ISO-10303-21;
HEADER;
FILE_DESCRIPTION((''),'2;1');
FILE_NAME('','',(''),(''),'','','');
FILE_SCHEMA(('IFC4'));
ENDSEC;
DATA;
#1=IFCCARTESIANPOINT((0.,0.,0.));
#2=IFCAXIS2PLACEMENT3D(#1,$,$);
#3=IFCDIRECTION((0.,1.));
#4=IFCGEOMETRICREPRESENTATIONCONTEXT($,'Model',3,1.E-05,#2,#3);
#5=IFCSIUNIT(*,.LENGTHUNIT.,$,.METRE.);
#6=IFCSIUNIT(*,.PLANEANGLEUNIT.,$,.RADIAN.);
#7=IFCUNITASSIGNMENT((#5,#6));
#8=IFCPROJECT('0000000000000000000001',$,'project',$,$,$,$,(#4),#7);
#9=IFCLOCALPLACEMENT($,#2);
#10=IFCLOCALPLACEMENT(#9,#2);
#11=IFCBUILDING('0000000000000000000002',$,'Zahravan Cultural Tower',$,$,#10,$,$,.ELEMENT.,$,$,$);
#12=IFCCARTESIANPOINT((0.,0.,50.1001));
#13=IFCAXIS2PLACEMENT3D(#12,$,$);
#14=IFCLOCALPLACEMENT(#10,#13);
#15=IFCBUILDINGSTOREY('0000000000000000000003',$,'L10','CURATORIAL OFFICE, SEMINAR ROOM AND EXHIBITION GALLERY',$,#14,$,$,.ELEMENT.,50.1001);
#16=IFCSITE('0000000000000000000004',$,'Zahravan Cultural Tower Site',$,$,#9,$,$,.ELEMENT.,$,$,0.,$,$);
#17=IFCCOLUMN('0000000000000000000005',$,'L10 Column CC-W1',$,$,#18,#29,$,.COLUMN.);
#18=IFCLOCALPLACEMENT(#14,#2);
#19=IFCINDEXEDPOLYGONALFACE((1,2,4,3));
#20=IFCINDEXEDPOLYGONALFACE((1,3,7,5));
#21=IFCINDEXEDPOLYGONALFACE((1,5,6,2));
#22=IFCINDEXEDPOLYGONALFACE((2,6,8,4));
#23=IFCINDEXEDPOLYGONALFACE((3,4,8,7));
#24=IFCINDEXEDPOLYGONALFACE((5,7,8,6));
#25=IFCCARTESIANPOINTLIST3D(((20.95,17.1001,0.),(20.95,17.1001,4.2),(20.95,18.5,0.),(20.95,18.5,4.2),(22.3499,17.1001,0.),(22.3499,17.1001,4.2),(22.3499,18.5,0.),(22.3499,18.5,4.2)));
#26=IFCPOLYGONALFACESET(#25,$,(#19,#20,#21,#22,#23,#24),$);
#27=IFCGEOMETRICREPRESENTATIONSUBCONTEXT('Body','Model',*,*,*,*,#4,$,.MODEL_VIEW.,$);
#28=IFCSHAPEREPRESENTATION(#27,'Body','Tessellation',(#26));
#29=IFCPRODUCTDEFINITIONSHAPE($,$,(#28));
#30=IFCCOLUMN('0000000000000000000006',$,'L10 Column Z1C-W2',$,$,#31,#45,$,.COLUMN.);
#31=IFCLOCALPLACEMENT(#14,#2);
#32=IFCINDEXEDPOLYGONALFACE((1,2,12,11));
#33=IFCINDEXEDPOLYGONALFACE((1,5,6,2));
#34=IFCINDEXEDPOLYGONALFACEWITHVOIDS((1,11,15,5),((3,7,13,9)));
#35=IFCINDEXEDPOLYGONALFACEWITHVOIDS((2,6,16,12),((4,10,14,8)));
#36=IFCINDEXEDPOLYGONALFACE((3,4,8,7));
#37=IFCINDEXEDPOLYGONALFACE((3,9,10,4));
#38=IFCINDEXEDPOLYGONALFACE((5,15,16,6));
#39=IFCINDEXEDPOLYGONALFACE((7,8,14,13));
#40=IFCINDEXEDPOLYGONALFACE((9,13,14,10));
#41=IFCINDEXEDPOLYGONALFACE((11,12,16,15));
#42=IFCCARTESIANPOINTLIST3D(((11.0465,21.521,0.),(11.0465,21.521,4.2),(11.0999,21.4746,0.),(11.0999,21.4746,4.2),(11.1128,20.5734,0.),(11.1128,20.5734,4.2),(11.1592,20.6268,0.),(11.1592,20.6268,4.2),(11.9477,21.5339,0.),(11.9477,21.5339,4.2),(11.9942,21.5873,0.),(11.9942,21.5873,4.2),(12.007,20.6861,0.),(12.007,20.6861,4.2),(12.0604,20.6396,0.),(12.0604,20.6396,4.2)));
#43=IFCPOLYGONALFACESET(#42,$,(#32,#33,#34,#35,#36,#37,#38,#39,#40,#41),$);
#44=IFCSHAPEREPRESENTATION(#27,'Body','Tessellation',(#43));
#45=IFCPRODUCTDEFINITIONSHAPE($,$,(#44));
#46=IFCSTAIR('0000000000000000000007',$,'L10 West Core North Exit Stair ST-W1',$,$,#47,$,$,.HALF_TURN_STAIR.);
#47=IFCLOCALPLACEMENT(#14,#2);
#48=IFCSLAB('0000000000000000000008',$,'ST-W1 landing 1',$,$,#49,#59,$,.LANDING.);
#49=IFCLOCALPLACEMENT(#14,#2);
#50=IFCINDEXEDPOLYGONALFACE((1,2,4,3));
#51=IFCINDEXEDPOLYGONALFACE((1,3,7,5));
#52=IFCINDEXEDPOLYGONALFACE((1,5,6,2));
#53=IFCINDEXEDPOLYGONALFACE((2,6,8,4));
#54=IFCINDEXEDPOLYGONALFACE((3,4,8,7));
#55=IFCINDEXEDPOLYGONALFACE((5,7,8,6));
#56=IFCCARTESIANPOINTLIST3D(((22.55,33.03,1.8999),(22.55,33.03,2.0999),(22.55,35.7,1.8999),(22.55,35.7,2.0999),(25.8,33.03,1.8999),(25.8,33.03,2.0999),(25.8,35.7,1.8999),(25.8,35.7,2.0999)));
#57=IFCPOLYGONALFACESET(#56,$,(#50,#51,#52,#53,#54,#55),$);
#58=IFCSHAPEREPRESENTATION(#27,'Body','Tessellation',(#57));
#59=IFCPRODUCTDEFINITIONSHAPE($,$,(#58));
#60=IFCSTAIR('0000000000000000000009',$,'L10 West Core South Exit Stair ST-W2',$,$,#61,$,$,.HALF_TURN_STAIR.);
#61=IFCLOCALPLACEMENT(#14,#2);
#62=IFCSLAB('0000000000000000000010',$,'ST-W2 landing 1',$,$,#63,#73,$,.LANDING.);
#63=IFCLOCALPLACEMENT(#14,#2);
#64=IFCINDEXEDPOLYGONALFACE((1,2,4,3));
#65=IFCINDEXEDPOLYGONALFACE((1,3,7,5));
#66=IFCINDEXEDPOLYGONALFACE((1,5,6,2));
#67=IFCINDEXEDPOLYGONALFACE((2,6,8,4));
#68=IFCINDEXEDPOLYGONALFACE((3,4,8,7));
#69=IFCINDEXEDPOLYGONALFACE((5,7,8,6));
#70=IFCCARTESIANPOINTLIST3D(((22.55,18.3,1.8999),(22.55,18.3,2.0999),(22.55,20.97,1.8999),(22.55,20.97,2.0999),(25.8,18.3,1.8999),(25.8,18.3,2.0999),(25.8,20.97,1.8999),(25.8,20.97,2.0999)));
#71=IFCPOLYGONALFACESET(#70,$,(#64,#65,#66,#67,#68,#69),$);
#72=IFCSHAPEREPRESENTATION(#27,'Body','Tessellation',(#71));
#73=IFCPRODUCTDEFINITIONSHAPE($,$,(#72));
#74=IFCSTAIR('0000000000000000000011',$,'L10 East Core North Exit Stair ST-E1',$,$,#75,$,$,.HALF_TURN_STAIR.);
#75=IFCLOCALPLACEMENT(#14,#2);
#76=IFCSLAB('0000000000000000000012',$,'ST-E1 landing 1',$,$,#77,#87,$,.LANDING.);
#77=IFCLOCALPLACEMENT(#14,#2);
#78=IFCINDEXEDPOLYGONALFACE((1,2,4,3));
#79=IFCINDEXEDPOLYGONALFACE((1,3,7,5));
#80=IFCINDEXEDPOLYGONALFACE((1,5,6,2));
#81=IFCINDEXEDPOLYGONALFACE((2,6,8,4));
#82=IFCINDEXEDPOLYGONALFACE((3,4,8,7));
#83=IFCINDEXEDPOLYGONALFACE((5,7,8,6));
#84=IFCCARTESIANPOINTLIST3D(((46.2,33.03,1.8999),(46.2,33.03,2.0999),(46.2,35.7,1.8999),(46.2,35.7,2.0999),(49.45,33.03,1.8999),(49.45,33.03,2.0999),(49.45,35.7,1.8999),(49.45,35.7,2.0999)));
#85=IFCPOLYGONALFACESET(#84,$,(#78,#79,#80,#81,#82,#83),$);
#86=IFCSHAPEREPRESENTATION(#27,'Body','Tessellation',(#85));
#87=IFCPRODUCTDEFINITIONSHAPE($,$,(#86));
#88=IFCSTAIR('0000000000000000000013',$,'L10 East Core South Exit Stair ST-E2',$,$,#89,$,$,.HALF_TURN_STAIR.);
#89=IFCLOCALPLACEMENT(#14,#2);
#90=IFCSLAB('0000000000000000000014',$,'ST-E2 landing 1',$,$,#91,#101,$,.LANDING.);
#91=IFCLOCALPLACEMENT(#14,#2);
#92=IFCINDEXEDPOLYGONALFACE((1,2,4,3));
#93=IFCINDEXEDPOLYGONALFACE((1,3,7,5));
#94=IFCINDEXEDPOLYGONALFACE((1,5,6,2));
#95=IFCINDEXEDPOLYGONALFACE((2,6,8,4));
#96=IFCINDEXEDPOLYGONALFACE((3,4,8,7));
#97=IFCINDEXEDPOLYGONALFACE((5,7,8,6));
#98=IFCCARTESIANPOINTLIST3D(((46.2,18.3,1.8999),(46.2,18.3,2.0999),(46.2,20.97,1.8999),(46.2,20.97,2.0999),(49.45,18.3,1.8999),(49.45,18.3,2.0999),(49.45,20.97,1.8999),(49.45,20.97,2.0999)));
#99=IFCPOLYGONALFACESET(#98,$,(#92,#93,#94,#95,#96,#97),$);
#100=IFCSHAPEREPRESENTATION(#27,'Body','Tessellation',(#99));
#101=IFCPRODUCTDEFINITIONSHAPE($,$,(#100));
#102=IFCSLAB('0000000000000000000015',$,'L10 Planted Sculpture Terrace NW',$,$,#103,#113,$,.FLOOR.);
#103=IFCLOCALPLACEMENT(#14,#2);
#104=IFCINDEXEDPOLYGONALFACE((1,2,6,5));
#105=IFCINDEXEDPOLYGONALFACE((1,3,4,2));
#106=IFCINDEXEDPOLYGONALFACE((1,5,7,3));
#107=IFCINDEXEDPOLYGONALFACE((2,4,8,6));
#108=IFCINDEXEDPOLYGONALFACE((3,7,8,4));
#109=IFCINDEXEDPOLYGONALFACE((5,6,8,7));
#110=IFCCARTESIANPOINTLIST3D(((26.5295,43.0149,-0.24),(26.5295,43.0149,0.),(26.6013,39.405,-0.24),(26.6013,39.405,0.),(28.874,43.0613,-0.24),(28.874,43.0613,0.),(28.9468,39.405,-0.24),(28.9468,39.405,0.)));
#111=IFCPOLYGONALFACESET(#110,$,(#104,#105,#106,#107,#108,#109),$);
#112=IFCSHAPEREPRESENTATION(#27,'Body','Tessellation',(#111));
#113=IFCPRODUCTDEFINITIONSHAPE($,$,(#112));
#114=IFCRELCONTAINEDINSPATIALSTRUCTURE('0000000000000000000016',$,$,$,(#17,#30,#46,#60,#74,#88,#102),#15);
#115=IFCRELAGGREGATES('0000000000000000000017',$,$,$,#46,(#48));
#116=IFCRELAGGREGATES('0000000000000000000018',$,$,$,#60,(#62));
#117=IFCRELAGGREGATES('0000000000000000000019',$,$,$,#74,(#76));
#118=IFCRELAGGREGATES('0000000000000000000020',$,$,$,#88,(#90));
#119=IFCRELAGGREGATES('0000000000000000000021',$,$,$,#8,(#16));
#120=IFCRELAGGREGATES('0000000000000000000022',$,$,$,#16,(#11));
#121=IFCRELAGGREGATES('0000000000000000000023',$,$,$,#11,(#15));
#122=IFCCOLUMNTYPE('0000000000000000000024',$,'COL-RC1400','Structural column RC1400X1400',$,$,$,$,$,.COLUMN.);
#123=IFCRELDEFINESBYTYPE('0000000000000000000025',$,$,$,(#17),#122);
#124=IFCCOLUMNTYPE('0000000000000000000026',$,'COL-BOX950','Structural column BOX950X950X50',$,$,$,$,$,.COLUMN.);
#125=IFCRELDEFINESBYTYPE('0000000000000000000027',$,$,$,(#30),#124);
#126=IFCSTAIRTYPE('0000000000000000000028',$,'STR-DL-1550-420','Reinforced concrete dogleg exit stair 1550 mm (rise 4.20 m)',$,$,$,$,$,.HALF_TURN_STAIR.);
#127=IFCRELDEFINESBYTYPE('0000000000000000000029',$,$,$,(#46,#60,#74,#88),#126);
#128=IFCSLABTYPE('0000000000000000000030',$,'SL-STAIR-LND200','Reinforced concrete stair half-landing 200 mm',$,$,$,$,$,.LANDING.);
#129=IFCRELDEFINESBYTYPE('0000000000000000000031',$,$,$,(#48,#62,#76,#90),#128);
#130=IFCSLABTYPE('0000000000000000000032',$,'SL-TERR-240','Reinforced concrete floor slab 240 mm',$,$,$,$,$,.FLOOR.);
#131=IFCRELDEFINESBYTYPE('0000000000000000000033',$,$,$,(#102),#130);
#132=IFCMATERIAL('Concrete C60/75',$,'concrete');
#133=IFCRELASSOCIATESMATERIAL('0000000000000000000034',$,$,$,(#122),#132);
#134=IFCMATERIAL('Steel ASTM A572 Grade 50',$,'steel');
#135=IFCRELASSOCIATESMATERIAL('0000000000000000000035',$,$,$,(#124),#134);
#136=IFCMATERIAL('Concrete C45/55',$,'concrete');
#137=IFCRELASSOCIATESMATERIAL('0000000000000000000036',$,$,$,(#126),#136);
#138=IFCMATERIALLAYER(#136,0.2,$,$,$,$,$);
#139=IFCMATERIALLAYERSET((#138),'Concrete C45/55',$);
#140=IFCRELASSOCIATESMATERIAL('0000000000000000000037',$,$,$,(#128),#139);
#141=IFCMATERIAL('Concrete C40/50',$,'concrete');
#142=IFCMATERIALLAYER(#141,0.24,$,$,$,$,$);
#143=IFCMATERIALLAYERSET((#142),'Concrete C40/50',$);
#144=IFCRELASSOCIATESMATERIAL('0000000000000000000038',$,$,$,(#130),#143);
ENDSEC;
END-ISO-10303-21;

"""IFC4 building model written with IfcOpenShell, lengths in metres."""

from ifc_helpers import new_model, si_unit, direction, frame, origin, origin_2d, place, context, subcontext, project, spatial, polyline, rectangle, hollow_rectangle, outline, extrude, source, transform, mapped, material, layer, layer_set, material_profile, profile_set, type_object, element, aggregate, save


model = new_model("IFC4")

# Units and contexts
model_context = context("Model", 3, precision=1e-05, world=origin(), true_north=direction((0.0, 1.0)))
body_context = subcontext(model_context, "Body", "Model", "MODEL_VIEW")
ifc_project = project(units=[si_unit("LENGTHUNIT", "METRE"), si_unit("PLANEANGLEUNIT", "RADIAN")], contexts=[model_context])

# Site, building, storey
site_placement = place(None, origin())
site = spatial("IfcSite", under=ifc_project, at=site_placement, Name="Zahravan Cultural Tower Site", CompositionType="ELEMENT", RefElevation=0.0)
building_placement = place(site_placement, origin())
building = spatial("IfcBuilding", under=site, at=building_placement, Name="Zahravan Cultural Tower", CompositionType="ELEMENT")
storey_placement = place(building_placement, frame((0.0, 0.0, 50.1001)))
storey = spatial("IfcBuildingStorey", under=building, at=storey_placement, Name="L10", Description="CURATORIAL OFFICE, SEMINAR ROOM AND EXHIBITION GALLERY", CompositionType="ELEMENT", Elevation=50.1001)

# Columns
ifc_material_1 = material(Name="Concrete C60/75", Category="concrete")
ifc_material_profile_1 = material_profile(ifc_material_1, rectangle(XDim=1.3999, YDim=1.3999, at=origin_2d()), Name="RC1400X1400")
ifc_profile_set_1 = profile_set([ifc_material_profile_1], Name="Concrete C60/75")
column_type_1 = type_object("IfcColumnType", Name="COL-RC1400", Description="Structural column RC1400X1400", PredefinedType="COLUMN", material=ifc_profile_set_1)
shared_shape_1 = source(origin(), body_context, "Body", "SweptSolid", [
    extrude(rectangle(XDim=1.3999, YDim=1.3999, at=origin_2d()), origin(), (0.0, 0.0, 1.0), 4.2),
])
column_1_placement = place(storey_placement, frame((21.6499, 17.8, 0.0), z_axis=(0.0, 0.0, 1.0), x_axis=(1.0, 0.0, 0.0)))
element("IfcColumn", 1, at=column_1_placement, inside=storey, type_object=column_type_1, Name="L10 Column CC-W1", PredefinedType="COLUMN", context=body_context, shape_type="MappedRepresentation", body=[
    mapped(shared_shape_1, transform((0.0, 0.0, 0.0), x_axis=(1.0, 0.0, 0.0), y_axis=(0.0, 1.0, 0.0), z_axis=(0.0, 0.0, 1.0), scale=1.0)),
])
ifc_material_2 = material(Name="Steel ASTM A572 Grade 50", Category="steel")
ifc_material_profile_2 = material_profile(ifc_material_2, hollow_rectangle(XDim=0.95, YDim=0.95, WallThickness=0.05, at=origin_2d()), Name="BOX950X950X50")
ifc_profile_set_2 = profile_set([ifc_material_profile_2], Name="Steel ASTM A572 Grade 50")
column_type_2 = type_object("IfcColumnType", Name="COL-BOX950", Description="Structural column BOX950X950X50", PredefinedType="COLUMN", material=ifc_profile_set_2)
shared_shape_2 = source(origin(), body_context, "Body", "SweptSolid", [
    extrude(hollow_rectangle(XDim=0.95, YDim=0.95, WallThickness=0.05, at=origin_2d()), origin(), (0.0, 0.0, 1.0), 4.2),
])
column_2_placement = place(storey_placement, frame((11.5535, 21.0803, 0.0), z_axis=(0.0, 0.0, 1.0), x_axis=(0.997564, 0.069756, 0.0)))
element("IfcColumn", 2, at=column_2_placement, inside=storey, type_object=column_type_2, Name="L10 Column Z1C-W2", PredefinedType="COLUMN", context=body_context, shape_type="MappedRepresentation", body=[
    mapped(shared_shape_2, transform((0.0, 0.0, 0.0), x_axis=(1.0, 0.0, 0.0), y_axis=(0.0, 1.0, 0.0), z_axis=(0.0, 0.0, 1.0), scale=1.0)),
])

# Stairs, slabs
ifc_material_3 = material(Name="Concrete C45/55", Category="concrete")
stair_type = type_object("IfcStairType", Name="STR-DL-1550-420", Description="Reinforced concrete dogleg exit stair 1550 mm (rise 4.20 m)", PredefinedType="HALF_TURN_STAIR", material=ifc_material_3)
stair_1_placement = place(storey_placement, origin())
stair_1 = element("IfcStair", 3, at=stair_1_placement, inside=storey, type_object=stair_type, Name="L10 West Core North Exit Stair ST-W1", PredefinedType="HALF_TURN_STAIR")
ifc_layer_1 = layer(ifc_material_3, 0.2)
ifc_layer_set_1 = layer_set([ifc_layer_1], Name="Concrete C45/55")
slab_type_1 = type_object("IfcSlabType", Name="SL-STAIR-LND200", Description="Reinforced concrete stair half-landing 200 mm", PredefinedType="LANDING", material=ifc_layer_set_1)
slab_1_placement = place(storey_placement, frame((0.0, 0.0, 1.8999)))
slab_1 = element("IfcSlab", 4, at=slab_1_placement, type_object=slab_type_1, Name="ST-W1 landing 1", PredefinedType="LANDING", context=body_context, shape_type="SweptSolid", body=[
    extrude(outline(polyline([(25.8, 33.03), (25.8, 35.7), (22.55, 35.7), (22.55, 33.03), (25.8, 33.03)])), origin(), (0.0, 0.0, 1.0), 0.2),
])
aggregate(stair_1, [slab_1])
stair_2_placement = place(storey_placement, origin())
stair_2 = element("IfcStair", 5, at=stair_2_placement, inside=storey, type_object=stair_type, Name="L10 West Core South Exit Stair ST-W2", PredefinedType="HALF_TURN_STAIR")
slab_2_placement = place(storey_placement, frame((0.0, 0.0, 1.8999)))
slab_2 = element("IfcSlab", 6, at=slab_2_placement, type_object=slab_type_1, Name="ST-W2 landing 1", PredefinedType="LANDING", context=body_context, shape_type="SweptSolid", body=[
    extrude(outline(polyline([(22.55, 20.97), (22.55, 18.3), (25.8, 18.3), (25.8, 20.97), (22.55, 20.97)])), origin(), (0.0, 0.0, 1.0), 0.2),
])
aggregate(stair_2, [slab_2])
stair_3_placement = place(storey_placement, origin())
stair_3 = element("IfcStair", 7, at=stair_3_placement, inside=storey, type_object=stair_type, Name="L10 East Core North Exit Stair ST-E1", PredefinedType="HALF_TURN_STAIR")
slab_3_placement = place(storey_placement, frame((0.0, 0.0, 1.8999)))
slab_3 = element("IfcSlab", 8, at=slab_3_placement, type_object=slab_type_1, Name="ST-E1 landing 1", PredefinedType="LANDING", context=body_context, shape_type="SweptSolid", body=[
    extrude(outline(polyline([(49.45, 33.03), (49.45, 35.7), (46.2, 35.7), (46.2, 33.03), (49.45, 33.03)])), origin(), (0.0, 0.0, 1.0), 0.2),
])
aggregate(stair_3, [slab_3])
stair_4_placement = place(storey_placement, origin())
stair_4 = element("IfcStair", 9, at=stair_4_placement, inside=storey, type_object=stair_type, Name="L10 East Core South Exit Stair ST-E2", PredefinedType="HALF_TURN_STAIR")
slab_4_placement = place(storey_placement, frame((0.0, 0.0, 1.8999)))
slab_4 = element("IfcSlab", 10, at=slab_4_placement, type_object=slab_type_1, Name="ST-E2 landing 1", PredefinedType="LANDING", context=body_context, shape_type="SweptSolid", body=[
    extrude(outline(polyline([(46.2, 20.97), (46.2, 18.3), (49.45, 18.3), (49.45, 20.97), (46.2, 20.97)])), origin(), (0.0, 0.0, 1.0), 0.2),
])
aggregate(stair_4, [slab_4])

# Slab
ifc_material_4 = material(Name="Concrete C40/50", Category="concrete")
ifc_layer_2 = layer(ifc_material_4, 0.24)
ifc_layer_set_2 = layer_set([ifc_layer_2], Name="Concrete C40/50")
slab_type_2 = type_object("IfcSlabType", Name="SL-TERR-240", Description="Reinforced concrete floor slab 240 mm", PredefinedType="FLOOR", material=ifc_layer_set_2)
slab_5_placement = place(storey_placement, frame((0.0, 0.0, -0.24)))
element("IfcSlab", 11, at=slab_5_placement, inside=storey, type_object=slab_type_2, Name="L10 Planted Sculpture Terrace NW", PredefinedType="FLOOR", context=body_context, shape_type="SweptSolid", body=[
    extrude(outline(polyline([(26.5295, 43.0149), (26.6013, 39.405), (28.9468, 39.405), (28.874, 43.0613), (26.5295, 43.0149)])), origin(), (0.0, 0.0, 1.0), 0.24),
])

save(model, "model.ifc")
